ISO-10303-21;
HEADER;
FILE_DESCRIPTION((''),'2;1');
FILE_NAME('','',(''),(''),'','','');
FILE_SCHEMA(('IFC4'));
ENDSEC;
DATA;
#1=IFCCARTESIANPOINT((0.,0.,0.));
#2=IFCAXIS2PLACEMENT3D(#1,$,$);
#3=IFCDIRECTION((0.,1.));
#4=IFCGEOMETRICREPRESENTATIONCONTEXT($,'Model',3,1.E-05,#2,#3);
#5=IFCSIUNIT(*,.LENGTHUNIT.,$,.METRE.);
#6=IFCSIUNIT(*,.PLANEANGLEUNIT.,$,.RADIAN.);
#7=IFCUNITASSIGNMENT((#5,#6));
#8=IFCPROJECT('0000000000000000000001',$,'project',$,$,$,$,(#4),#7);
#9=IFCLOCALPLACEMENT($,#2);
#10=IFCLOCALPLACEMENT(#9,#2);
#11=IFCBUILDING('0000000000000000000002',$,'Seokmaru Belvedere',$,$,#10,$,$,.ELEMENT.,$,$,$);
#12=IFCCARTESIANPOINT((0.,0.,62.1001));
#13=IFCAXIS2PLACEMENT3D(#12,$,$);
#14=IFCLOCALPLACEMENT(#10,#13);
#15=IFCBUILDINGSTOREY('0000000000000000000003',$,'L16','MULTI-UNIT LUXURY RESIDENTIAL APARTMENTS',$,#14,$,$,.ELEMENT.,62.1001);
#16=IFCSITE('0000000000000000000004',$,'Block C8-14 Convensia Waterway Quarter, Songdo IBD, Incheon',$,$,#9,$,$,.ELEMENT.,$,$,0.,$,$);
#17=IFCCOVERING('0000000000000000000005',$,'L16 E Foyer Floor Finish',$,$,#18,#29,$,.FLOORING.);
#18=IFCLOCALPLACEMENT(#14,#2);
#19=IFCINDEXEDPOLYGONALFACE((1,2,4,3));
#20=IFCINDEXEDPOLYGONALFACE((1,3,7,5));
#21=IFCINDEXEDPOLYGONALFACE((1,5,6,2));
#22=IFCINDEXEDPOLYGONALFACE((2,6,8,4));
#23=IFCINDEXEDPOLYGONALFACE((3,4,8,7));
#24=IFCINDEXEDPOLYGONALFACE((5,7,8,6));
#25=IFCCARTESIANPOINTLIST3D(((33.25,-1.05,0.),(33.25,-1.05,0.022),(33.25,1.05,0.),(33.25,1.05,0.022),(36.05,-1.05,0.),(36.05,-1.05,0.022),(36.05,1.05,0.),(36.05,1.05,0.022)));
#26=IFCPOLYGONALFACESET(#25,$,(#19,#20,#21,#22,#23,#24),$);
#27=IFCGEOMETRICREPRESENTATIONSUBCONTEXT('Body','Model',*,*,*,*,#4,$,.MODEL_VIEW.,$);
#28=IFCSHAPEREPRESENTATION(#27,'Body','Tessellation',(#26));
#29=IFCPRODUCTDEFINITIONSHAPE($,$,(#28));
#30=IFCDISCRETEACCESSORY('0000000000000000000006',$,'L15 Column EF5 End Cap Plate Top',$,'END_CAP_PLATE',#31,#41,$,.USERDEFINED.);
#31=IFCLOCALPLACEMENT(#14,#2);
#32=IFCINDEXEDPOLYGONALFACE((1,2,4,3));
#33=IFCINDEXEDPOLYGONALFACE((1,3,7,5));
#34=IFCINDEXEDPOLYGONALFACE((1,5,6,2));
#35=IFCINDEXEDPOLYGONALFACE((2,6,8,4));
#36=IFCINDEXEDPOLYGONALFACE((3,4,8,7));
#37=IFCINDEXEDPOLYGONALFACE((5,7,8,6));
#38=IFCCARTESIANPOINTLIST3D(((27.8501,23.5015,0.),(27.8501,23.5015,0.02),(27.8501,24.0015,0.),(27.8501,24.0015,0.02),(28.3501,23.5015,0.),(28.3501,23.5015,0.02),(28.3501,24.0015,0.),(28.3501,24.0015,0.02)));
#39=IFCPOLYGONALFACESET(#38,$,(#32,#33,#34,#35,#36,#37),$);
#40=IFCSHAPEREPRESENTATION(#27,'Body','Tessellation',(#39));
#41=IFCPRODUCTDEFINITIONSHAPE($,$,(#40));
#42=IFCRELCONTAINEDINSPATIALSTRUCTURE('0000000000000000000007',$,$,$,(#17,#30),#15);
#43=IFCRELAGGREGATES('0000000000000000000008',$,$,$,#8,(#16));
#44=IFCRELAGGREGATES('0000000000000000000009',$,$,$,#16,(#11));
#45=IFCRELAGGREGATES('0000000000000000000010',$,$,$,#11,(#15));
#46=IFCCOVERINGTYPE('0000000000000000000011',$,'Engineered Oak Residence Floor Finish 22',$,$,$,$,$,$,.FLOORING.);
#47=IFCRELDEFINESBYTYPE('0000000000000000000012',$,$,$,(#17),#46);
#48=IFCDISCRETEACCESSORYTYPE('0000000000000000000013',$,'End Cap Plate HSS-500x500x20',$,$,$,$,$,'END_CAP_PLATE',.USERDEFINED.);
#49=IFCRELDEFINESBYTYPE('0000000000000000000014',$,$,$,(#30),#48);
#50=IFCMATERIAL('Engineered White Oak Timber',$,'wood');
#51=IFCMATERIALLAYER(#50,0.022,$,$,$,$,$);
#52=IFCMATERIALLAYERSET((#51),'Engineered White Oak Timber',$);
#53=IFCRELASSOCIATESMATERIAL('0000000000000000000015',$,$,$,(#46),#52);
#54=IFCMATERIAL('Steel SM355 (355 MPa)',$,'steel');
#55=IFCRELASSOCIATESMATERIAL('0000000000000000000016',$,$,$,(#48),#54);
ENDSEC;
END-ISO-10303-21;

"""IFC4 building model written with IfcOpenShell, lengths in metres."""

from ifc_helpers import new_model, si_unit, direction, frame, origin, origin_2d, place, context, subcontext, project, spatial, polyline, rectangle, outline, extrude, source, transform, mapped, material, layer, layer_set, type_object, type_shapes, element, save


model = new_model("IFC4")

# Units and contexts
model_context = context("Model", 3, precision=1e-05, world=origin(), true_north=direction((0.0, 1.0)))
body_context = subcontext(model_context, "Body", "Model", "MODEL_VIEW")
ifc_project = project(units=[si_unit("LENGTHUNIT", "METRE"), si_unit("PLANEANGLEUNIT", "RADIAN")], contexts=[model_context])

# Site, building, storey
site_placement = place(None, origin())
site = spatial("IfcSite", under=ifc_project, at=site_placement, Name="Block C8-14 Convensia Waterway Quarter, Songdo IBD, Incheon", CompositionType="ELEMENT", RefElevation=0.0)
building_placement = place(site_placement, origin())
building = spatial("IfcBuilding", under=site, at=building_placement, Name="Seokmaru Belvedere", CompositionType="ELEMENT")
storey_placement = place(building_placement, frame((0.0, 0.0, 62.1001)))
storey = spatial("IfcBuildingStorey", under=building, at=storey_placement, Name="L16", Description="MULTI-UNIT LUXURY RESIDENTIAL APARTMENTS", CompositionType="ELEMENT", Elevation=62.1001)

# Shared definitions
ifc_material_1 = material(Name="Steel SM355 (355 MPa)", Category="steel")

# Shared definitions
ifc_material_2 = material(Name="Engineered White Oak Timber", Category="wood")

# Covering
ifc_layer_1 = layer(ifc_material_2, 0.022)
ifc_layer_set_1 = layer_set([ifc_layer_1], Name="Engineered White Oak Timber")
covering_type = type_object("IfcCoveringType", Name="Engineered Oak Residence Floor Finish 22", PredefinedType="FLOORING", material=ifc_layer_set_1)
covering_placement = place(storey_placement, origin())
element("IfcCovering", 1, at=covering_placement, inside=storey, type_object=covering_type, Name="L16 E Foyer Floor Finish", PredefinedType="FLOORING", context=body_context, shape_type="SweptSolid", body=[
    extrude(outline(polyline([(33.25, -1.05), (36.05, -1.05), (36.05, 1.05), (33.25, 1.05), (33.25, -1.05)])), origin(), (0.0, 0.0, 1.0), 0.022),
])

# Discrete accessory
discrete_accessory_type = type_object("IfcDiscreteAccessoryType", Name="End Cap Plate HSS-500x500x20", ElementType="END_CAP_PLATE", PredefinedType="USERDEFINED", material=ifc_material_1)
shared_shape_1 = source(origin(), body_context, "Body", "SweptSolid", [
    extrude(rectangle(XDim=0.5, YDim=0.5, at=origin_2d()), origin(), (0.0, 0.0, 1.0), 0.02),
])
type_shapes(discrete_accessory_type, [shared_shape_1])
discrete_accessory_placement = place(storey_placement, frame((28.1001, 23.7515, 0.0), z_axis=(0.0, 0.0, 1.0), x_axis=(1.0, 0.0, 0.0)))
element("IfcDiscreteAccessory", 2, at=discrete_accessory_placement, inside=storey, type_object=discrete_accessory_type, Name="L15 Column EF5 End Cap Plate Top", ObjectType="END_CAP_PLATE", PredefinedType="USERDEFINED", context=body_context, shape_type="MappedRepresentation", body=[
    mapped(shared_shape_1, transform((0.0, 0.0, 0.0), scale=1.0)),
])

save(model, "model.ifc")
